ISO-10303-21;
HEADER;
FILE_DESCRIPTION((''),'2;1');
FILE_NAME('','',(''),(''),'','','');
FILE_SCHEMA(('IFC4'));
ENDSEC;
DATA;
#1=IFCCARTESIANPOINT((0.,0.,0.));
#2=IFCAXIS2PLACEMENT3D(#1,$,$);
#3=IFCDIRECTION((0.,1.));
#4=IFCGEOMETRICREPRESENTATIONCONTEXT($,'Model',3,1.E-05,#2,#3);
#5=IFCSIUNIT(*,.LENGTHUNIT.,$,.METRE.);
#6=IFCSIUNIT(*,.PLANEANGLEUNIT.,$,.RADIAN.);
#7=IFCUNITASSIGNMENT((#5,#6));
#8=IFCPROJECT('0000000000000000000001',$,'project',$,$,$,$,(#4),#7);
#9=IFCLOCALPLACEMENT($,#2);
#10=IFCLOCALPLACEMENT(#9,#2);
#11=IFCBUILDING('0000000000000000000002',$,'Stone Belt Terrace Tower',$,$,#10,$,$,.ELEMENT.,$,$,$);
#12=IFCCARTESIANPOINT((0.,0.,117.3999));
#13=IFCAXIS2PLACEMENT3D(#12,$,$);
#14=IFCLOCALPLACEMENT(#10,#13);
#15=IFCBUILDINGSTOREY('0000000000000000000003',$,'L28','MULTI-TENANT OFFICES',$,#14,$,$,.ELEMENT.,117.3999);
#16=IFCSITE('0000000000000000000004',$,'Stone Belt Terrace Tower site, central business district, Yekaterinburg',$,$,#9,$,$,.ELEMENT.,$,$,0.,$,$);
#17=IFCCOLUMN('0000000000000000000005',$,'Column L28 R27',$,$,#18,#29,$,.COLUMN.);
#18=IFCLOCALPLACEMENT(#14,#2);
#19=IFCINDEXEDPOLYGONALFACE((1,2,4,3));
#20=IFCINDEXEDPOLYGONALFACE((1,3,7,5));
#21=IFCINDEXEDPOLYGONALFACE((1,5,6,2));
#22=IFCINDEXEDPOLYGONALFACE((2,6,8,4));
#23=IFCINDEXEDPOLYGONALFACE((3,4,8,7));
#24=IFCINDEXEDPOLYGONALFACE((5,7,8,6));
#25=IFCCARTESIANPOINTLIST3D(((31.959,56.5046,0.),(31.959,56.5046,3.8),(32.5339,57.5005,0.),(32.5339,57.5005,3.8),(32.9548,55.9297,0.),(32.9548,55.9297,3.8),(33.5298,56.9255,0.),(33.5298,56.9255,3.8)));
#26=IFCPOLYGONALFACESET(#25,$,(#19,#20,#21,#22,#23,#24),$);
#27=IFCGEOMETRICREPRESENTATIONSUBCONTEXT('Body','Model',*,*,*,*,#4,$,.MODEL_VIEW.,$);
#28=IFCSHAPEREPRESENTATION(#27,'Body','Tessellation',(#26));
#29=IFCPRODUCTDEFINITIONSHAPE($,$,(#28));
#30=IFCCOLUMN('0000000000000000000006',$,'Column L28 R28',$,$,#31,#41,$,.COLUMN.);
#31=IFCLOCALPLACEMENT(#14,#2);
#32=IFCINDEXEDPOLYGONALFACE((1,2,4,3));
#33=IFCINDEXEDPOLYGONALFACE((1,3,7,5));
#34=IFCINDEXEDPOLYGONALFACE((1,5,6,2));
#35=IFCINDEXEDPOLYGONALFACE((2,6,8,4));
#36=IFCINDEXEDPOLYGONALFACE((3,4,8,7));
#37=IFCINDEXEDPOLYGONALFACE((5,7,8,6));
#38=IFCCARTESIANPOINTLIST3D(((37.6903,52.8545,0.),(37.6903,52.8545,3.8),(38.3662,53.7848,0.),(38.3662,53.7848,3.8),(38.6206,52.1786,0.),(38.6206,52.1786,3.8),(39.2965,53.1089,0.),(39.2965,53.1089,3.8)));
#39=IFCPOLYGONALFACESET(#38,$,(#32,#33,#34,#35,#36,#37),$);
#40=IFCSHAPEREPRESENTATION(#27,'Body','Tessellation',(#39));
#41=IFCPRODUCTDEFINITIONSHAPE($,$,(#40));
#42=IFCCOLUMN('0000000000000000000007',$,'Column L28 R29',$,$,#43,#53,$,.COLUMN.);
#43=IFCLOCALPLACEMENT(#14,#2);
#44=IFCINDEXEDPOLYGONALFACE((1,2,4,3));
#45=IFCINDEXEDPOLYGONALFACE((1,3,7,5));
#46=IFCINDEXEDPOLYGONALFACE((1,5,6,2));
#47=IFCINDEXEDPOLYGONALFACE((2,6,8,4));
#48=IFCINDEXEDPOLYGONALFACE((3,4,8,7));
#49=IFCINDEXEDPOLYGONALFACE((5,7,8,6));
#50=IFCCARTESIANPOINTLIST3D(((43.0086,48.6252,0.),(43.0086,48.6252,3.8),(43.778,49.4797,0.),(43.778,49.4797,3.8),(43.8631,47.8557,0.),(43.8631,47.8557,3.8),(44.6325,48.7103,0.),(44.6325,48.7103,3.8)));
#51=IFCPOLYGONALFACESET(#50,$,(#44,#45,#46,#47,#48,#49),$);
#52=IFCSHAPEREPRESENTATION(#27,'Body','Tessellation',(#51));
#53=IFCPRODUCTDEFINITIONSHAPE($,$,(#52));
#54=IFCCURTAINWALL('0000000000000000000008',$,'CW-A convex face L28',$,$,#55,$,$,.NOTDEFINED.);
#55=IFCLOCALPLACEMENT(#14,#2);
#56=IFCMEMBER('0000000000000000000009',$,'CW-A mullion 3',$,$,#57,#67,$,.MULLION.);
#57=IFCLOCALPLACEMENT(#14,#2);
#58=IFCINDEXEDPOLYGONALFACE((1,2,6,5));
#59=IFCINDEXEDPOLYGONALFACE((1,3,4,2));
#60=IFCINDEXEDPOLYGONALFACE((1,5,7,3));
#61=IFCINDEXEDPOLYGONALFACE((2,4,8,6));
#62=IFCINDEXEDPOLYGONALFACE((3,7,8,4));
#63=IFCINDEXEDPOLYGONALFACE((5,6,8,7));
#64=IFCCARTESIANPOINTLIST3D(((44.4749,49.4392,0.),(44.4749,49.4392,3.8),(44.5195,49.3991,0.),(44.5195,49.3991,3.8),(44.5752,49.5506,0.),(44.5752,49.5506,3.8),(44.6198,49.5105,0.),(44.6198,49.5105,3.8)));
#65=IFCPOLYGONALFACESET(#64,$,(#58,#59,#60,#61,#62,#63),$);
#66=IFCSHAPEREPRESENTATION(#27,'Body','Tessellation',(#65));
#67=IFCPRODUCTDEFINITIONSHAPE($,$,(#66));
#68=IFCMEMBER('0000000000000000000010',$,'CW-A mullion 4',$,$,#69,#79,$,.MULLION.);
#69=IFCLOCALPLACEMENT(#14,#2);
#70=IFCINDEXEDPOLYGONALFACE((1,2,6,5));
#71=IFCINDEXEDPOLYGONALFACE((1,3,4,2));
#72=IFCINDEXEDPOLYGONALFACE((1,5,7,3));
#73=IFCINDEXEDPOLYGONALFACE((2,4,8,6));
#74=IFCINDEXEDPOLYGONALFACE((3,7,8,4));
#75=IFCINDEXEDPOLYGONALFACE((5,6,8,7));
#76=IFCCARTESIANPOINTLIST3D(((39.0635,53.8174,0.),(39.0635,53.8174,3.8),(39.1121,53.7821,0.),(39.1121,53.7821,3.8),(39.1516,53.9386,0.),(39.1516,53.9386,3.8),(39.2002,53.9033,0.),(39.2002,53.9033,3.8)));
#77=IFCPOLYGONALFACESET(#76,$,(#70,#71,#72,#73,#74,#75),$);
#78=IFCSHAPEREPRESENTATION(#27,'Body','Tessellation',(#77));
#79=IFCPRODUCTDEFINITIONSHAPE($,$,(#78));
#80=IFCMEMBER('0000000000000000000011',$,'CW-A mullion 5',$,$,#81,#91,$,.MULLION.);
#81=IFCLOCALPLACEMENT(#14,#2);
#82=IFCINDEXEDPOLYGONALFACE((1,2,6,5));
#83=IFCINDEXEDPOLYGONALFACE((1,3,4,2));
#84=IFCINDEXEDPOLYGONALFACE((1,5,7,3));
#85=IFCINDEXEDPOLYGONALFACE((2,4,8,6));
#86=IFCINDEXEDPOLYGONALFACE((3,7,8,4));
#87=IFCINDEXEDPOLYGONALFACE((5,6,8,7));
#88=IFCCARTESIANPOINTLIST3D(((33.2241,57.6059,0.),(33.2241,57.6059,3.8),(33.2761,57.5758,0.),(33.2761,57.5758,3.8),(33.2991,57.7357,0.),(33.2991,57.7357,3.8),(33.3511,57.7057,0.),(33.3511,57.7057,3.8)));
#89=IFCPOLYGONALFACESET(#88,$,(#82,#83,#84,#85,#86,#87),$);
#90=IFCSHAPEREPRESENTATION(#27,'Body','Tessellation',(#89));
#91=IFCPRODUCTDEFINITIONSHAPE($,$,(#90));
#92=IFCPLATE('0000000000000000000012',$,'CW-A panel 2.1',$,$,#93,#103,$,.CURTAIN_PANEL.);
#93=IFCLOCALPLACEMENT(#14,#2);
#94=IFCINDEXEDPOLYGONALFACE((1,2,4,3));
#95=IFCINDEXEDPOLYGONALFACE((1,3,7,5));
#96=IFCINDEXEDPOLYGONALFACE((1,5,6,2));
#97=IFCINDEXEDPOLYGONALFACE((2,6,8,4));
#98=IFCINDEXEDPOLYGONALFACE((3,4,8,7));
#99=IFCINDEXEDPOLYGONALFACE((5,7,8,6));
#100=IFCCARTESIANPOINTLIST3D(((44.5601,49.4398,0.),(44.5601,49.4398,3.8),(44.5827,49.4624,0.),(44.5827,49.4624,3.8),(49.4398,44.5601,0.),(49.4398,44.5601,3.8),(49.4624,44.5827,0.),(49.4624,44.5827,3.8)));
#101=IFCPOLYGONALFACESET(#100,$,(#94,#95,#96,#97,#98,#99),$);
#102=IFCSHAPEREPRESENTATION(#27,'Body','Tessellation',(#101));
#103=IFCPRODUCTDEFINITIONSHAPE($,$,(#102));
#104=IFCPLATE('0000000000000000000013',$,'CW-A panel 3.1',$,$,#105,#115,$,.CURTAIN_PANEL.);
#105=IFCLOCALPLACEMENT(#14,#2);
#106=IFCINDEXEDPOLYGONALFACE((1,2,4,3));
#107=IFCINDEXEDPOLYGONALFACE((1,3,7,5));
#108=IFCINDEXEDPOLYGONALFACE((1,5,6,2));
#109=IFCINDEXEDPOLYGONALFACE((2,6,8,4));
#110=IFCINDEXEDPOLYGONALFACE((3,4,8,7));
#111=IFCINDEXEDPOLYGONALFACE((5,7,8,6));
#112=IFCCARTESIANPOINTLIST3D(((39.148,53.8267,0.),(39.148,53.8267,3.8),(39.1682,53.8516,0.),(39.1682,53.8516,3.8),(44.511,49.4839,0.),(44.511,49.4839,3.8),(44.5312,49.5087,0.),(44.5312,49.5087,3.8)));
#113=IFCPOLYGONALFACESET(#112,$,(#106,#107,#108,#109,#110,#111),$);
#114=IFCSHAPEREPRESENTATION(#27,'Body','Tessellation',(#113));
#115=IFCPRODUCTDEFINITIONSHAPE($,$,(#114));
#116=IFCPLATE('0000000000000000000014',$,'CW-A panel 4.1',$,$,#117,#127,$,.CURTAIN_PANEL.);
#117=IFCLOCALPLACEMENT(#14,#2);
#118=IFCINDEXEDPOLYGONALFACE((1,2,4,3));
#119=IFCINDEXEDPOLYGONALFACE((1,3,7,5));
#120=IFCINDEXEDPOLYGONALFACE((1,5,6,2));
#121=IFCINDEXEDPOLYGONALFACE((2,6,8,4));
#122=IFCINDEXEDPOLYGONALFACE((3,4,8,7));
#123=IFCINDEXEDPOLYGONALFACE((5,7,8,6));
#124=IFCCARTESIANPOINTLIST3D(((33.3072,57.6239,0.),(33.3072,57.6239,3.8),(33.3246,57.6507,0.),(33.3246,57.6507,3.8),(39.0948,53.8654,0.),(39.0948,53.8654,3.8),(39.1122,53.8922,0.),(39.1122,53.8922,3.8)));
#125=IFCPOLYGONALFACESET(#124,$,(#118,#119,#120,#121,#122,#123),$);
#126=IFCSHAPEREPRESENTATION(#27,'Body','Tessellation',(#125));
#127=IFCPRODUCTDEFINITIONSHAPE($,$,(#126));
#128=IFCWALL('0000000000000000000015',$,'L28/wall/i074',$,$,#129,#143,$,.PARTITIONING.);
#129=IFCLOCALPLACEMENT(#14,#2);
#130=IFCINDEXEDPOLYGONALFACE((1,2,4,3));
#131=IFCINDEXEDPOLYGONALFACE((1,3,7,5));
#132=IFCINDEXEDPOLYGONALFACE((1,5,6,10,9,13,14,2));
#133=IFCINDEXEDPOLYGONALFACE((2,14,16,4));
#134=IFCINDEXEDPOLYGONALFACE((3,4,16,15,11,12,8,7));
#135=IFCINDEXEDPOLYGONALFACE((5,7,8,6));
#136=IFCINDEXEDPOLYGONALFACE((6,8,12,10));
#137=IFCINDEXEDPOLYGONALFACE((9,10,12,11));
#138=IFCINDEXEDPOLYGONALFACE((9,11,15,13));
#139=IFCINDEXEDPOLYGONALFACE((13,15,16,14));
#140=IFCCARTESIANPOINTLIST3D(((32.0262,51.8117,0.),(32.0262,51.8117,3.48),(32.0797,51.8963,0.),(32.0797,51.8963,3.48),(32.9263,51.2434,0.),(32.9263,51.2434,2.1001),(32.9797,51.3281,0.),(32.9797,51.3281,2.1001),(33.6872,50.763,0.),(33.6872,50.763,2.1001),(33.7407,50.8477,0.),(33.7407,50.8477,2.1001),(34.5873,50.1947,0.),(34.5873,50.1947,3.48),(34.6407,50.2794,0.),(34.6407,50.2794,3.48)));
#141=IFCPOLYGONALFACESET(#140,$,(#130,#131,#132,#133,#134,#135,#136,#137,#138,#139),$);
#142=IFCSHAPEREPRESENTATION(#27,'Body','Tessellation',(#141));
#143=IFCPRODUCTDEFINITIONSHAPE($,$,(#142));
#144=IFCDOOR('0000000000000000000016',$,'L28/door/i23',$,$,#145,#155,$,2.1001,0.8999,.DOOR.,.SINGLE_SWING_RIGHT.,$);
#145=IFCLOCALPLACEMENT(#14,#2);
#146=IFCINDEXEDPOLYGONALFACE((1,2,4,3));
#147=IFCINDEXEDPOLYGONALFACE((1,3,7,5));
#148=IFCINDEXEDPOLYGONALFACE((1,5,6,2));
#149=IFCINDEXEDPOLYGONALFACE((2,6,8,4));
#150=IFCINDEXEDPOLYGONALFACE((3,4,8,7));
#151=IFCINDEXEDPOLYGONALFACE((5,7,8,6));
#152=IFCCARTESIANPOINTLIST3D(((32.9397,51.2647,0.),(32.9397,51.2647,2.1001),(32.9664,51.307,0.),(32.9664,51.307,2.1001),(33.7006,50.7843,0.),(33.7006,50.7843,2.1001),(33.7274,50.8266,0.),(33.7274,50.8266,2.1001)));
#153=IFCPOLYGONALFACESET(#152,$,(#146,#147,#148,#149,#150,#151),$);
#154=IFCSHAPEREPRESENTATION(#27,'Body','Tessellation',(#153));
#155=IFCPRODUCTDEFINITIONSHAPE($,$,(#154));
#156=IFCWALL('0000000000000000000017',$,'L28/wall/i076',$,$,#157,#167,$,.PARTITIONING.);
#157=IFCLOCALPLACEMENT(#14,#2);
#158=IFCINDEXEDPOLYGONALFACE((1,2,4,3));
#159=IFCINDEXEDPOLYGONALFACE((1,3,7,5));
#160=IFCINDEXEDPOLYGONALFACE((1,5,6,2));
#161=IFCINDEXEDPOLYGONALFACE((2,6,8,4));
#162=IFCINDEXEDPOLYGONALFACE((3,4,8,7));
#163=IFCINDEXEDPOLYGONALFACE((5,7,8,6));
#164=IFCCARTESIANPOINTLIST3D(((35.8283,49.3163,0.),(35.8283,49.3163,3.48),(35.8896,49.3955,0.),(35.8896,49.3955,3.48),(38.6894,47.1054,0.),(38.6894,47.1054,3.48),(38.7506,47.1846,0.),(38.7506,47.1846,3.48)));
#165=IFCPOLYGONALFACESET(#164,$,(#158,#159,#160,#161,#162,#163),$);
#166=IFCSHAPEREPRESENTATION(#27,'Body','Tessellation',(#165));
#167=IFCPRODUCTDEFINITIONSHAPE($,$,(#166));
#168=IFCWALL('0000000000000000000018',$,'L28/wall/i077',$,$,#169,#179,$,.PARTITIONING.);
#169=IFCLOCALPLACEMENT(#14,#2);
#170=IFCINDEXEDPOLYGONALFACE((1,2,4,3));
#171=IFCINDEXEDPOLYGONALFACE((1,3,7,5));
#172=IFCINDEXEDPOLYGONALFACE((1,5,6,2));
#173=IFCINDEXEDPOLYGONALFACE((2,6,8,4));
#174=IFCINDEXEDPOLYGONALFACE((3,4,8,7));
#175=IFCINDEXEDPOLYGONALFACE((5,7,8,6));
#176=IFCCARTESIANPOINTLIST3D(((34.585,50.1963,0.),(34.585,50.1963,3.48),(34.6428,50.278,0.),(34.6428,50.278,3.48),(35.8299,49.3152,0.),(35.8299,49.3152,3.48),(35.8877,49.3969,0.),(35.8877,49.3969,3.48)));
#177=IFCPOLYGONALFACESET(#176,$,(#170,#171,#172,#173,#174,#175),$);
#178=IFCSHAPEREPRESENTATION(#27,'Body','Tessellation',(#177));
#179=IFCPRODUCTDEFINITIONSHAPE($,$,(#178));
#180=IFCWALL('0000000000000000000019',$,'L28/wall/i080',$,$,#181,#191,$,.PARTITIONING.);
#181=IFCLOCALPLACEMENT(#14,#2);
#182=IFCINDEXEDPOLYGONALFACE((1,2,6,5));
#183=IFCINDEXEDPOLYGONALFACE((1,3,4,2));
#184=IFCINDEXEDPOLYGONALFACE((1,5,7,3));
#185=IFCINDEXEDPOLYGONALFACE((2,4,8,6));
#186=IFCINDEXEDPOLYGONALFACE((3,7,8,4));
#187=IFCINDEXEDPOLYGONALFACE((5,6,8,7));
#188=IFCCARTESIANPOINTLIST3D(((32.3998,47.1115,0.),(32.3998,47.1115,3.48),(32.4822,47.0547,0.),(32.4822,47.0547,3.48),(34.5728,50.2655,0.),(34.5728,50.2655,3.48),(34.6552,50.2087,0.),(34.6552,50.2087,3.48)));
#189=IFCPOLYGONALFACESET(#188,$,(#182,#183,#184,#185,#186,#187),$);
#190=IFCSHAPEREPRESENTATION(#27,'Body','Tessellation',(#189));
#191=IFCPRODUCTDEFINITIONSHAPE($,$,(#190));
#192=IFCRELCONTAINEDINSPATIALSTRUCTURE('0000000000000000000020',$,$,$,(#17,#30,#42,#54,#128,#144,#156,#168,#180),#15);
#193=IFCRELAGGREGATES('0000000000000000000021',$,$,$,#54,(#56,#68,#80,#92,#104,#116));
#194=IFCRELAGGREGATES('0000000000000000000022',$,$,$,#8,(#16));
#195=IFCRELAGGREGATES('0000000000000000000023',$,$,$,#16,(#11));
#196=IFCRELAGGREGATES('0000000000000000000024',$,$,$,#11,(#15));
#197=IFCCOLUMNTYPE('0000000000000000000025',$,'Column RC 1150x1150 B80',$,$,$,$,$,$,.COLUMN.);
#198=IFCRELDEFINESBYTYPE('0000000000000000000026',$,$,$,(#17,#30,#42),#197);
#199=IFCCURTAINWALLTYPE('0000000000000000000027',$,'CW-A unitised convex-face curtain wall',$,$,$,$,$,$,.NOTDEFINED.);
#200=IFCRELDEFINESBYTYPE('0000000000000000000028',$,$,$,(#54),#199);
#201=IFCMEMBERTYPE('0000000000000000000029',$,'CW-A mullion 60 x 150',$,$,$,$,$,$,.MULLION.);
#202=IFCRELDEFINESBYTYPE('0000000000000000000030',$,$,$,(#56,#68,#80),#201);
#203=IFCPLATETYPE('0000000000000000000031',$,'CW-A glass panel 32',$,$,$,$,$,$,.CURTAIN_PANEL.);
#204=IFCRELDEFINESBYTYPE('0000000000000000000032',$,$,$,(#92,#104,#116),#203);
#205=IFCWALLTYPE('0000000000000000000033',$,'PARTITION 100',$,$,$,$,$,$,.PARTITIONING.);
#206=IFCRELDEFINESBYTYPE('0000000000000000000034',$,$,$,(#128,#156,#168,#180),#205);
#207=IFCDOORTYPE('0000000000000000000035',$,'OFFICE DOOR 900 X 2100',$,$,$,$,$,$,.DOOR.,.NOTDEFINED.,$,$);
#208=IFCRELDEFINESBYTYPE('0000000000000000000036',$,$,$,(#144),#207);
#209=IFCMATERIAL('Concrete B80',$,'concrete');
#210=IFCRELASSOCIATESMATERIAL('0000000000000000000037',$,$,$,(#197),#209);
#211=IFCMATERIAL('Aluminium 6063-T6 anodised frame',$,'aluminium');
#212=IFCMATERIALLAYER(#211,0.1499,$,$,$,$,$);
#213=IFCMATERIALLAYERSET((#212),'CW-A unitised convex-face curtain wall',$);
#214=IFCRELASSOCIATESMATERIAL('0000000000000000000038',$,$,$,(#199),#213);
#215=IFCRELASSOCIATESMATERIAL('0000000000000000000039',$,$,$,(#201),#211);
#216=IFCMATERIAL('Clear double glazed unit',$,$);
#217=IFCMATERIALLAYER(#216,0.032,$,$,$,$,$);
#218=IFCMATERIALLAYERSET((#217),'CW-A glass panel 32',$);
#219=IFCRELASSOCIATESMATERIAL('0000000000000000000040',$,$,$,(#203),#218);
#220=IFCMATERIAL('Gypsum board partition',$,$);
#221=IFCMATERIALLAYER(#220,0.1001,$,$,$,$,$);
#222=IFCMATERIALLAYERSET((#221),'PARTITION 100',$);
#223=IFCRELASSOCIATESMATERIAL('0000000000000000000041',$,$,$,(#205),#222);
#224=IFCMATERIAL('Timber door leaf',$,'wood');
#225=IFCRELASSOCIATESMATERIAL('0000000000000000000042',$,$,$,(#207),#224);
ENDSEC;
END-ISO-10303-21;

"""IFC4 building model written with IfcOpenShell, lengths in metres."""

from ifc_helpers import new_model, si_unit, direction, frame, frame_2d, origin, origin_2d, place, context, subcontext, project, spatial, rectangle, extrude, material, layer, layer_set, material_profile, profile_set, type_object, element, fill, aggregate, save


model = new_model("IFC4")

# Units and contexts
model_context = context("Model", 3, precision=1e-05, world=origin(), true_north=direction((0.0, 1.0)))
body_context = subcontext(model_context, "Body", "Model", "MODEL_VIEW")
ifc_project = project(units=[si_unit("LENGTHUNIT", "METRE"), si_unit("PLANEANGLEUNIT", "RADIAN")], contexts=[model_context])

# Site, building, storey
site_placement = place(None, origin())
site = spatial("IfcSite", under=ifc_project, at=site_placement, Name="Stone Belt Terrace Tower site, central business district, Yekaterinburg", CompositionType="ELEMENT", RefElevation=0.0)
building_placement = place(site_placement, origin())
building = spatial("IfcBuilding", under=site, at=building_placement, Name="Stone Belt Terrace Tower", CompositionType="ELEMENT")
storey_placement = place(building_placement, frame((0.0, 0.0, 117.3999)))
storey = spatial("IfcBuildingStorey", under=building, at=storey_placement, Name="L28", Description="MULTI-TENANT OFFICES", CompositionType="ELEMENT", Elevation=117.3999)

# Columns
ifc_material_1 = material(Name="Concrete B80", Category="concrete")
ifc_material_profile_1 = material_profile(ifc_material_1, rectangle(XDim=1.1499, YDim=1.1499, at=origin_2d()), Name="RC 1150x1150")
ifc_profile_set_1 = profile_set([ifc_material_profile_1], Name="Concrete B80")
column_type = type_object("IfcColumnType", Name="Column RC 1150x1150 B80", PredefinedType="COLUMN", material=ifc_profile_set_1)
for number, where, z_axis, x_axis, name in (
    (1, (32.7444, 56.7151, 0.0), (0.0, 0.0, 1.0), (0.866025, -0.5, 0.0), "Column L28 R27"),
    (2, (38.4934, 52.9817, 0.0), (0.0, 0.0, 1.0), (0.809017, -0.587785, 0.0), "Column L28 R28"),
    (3, (43.8206, 48.6677, 0.0), (0.0, 0.0, 1.0), (0.743145, -0.669131, 0.0), "Column L28 R29"),
):
    element("IfcColumn", number, at=place(storey_placement, frame(where, z_axis=z_axis, x_axis=x_axis)), inside=storey, type_object=column_type, Name=name, PredefinedType="COLUMN", context=body_context, shape_type="SweptSolid", body=[
        extrude(rectangle(XDim=1.1499, YDim=1.1499, at=origin_2d()), origin(), (0.0, 0.0, 1.0), 3.8),
    ])

# Curtain wall, members, plates
ifc_material_2 = material(Name="Aluminium 6063-T6 anodised frame", Category="aluminium")
ifc_layer_1 = layer(ifc_material_2, 0.1499)
ifc_layer_set_1 = layer_set([ifc_layer_1], Name="CW-A unitised convex-face curtain wall")
curtain_wall_type = type_object("IfcCurtainWallType", Name="CW-A unitised convex-face curtain wall", PredefinedType="NOTDEFINED", material=ifc_layer_set_1)
curtain_wall_placement = place(storey_placement, origin())
curtain_wall = element("IfcCurtainWall", 4, at=curtain_wall_placement, inside=storey, type_object=curtain_wall_type, Name="CW-A convex face L28", PredefinedType="NOTDEFINED")
ifc_material_profile_2 = material_profile(ifc_material_2, rectangle(XDim=0.1499, YDim=0.0601, at=origin_2d()), Name="Aluminium 6063-T6 60x150")
ifc_profile_set_2 = profile_set([ifc_material_profile_2], Name="Aluminium 6063-T6 anodised frame")
member_type = type_object("IfcMemberType", Name="CW-A mullion 60 x 150", PredefinedType="MULLION", material=ifc_profile_set_2)
member_1_placement = place(storey_placement, frame((44.5474, 49.4749, 0.0), z_axis=(0.0, 0.0, 1.0), x_axis=(-0.669131, -0.743145, 0.0)))
member_1 = element("IfcMember", 5, at=member_1_placement, type_object=member_type, Name="CW-A mullion 3", PredefinedType="MULLION", context=body_context, shape_type="SweptSolid", body=[
    extrude(rectangle(XDim=0.1499, YDim=0.0601, at=origin_2d()), origin(), (0.0, 0.0, 1.0), 3.8),
])
member_2_placement = place(storey_placement, frame((39.1318, 53.8604, 0.0), z_axis=(0.0, 0.0, 1.0), x_axis=(-0.587785, -0.809017, 0.0)))
member_2 = element("IfcMember", 6, at=member_2_placement, type_object=member_type, Name="CW-A mullion 4", PredefinedType="MULLION", context=body_context, shape_type="SweptSolid", body=[
    extrude(rectangle(XDim=0.1499, YDim=0.0601, at=origin_2d()), origin(), (0.0, 0.0, 1.0), 3.8),
])
member_3_placement = place(storey_placement, frame((33.2876, 57.6558, 0.0), z_axis=(0.0, 0.0, 1.0), x_axis=(-0.5, -0.866025, 0.0)))
member_3 = element("IfcMember", 7, at=member_3_placement, type_object=member_type, Name="CW-A mullion 5", PredefinedType="MULLION", context=body_context, shape_type="SweptSolid", body=[
    extrude(rectangle(XDim=0.1499, YDim=0.0601, at=origin_2d()), origin(), (0.0, 0.0, 1.0), 3.8),
])
ifc_material_3 = material(Name="Clear double glazed unit")
ifc_layer_2 = layer(ifc_material_3, 0.032)
ifc_layer_set_2 = layer_set([ifc_layer_2], Name="CW-A glass panel 32")
plate_type = type_object("IfcPlateType", Name="CW-A glass panel 32", PredefinedType="CURTAIN_PANEL", material=ifc_layer_set_2)
plate_1_placement = place(storey_placement, frame((47.0112, 47.0112, 0.0), z_axis=(0.0, 0.0, 1.0), x_axis=(-0.707107, 0.707107, 0.0)))
plate_1 = element("IfcPlate", 8, at=plate_1_placement, type_object=plate_type, Name="CW-A panel 2.1", PredefinedType="CURTAIN_PANEL", context=body_context, shape_type="SweptSolid", body=[
    extrude(rectangle(XDim=6.9009, YDim=0.032, at=origin_2d()), origin(), (0.0, 0.0, 1.0), 3.8),
])
plate_2_placement = place(storey_placement, frame((41.8396, 51.6677, 0.0), z_axis=(0.0, 0.0, 1.0), x_axis=(-0.777146, 0.62932, 0.0)))
plate_2 = element("IfcPlate", 9, at=plate_2_placement, type_object=plate_type, Name="CW-A panel 3.1", PredefinedType="CURTAIN_PANEL", context=body_context, shape_type="SweptSolid", body=[
    extrude(rectangle(XDim=6.9009, YDim=0.032, at=origin_2d()), origin(), (0.0, 0.0, 1.0), 3.8),
])
plate_3_placement = place(storey_placement, frame((36.2097, 55.7581, 0.0), z_axis=(0.0, 0.0, 1.0), x_axis=(-0.838671, 0.544639, 0.0)))
plate_3 = element("IfcPlate", 10, at=plate_3_placement, type_object=plate_type, Name="CW-A panel 4.1", PredefinedType="CURTAIN_PANEL", context=body_context, shape_type="SweptSolid", body=[
    extrude(rectangle(XDim=6.9009, YDim=0.032, at=origin_2d()), origin(), (0.0, 0.0, 1.0), 3.8),
])
aggregate(curtain_wall, [member_1, member_2, member_3, plate_1, plate_2, plate_3])

# Wall, opening, door
ifc_material_4 = material(Name="Gypsum board partition")
ifc_layer_3 = layer(ifc_material_4, 0.1001)
ifc_layer_set_3 = layer_set([ifc_layer_3], Name="PARTITION 100")
wall_type_1 = type_object("IfcWallType", Name="PARTITION 100", PredefinedType="PARTITIONING", material=ifc_layer_set_3)
wall_1_placement = place(storey_placement, frame((34.614, 50.2371, 0.0), z_axis=(0.0, 0.0, 1.0), x_axis=(-0.845571, 0.533863, 0.0)))
wall_1 = element("IfcWall", 11, at=wall_1_placement, inside=storey, type_object=wall_type_1, Name="L28/wall/i074", PredefinedType="PARTITIONING", context=body_context, shape_type="SweptSolid", body=[
    extrude(rectangle(XDim=3.0288, YDim=0.1001, at=frame_2d((1.5144, 0.0))), origin(), (0.0, 0.0, 1.0), 3.48),
])
opening_1_placement = place(wall_1_placement, frame((1.0645, 0.0, 0.0)))
opening_1 = element("IfcOpeningElement", 12, at=opening_1_placement, cuts=wall_1, PredefinedType="OPENING", context=body_context, shape_type="SweptSolid", body=[
    extrude(rectangle(XDim=0.8999, YDim=2.1001, at=frame_2d((0.45, 1.05))), frame((0.0, 0.0601, 0.0), z_axis=(0.0, -1.0, 0.0), x_axis=(1.0, 0.0, 0.0)), (0.0, 0.0, 1.0), 0.1201),
])
ifc_material_5 = material(Name="Timber door leaf", Category="wood")
door_type_1 = type_object("IfcDoorType", Name="OFFICE DOOR 900 X 2100", OperationType="NOTDEFINED", PredefinedType="DOOR", material=ifc_material_5)
door_1_placement = place(opening_1_placement, origin())
door_1 = element("IfcDoor", 13, at=door_1_placement, inside=storey, type_object=door_type_1, Name="L28/door/i23", OperationType="SINGLE_SWING_RIGHT", OverallHeight=2.1001, OverallWidth=0.8999, PredefinedType="DOOR", context=body_context, shape_type="SweptSolid", body=[
    extrude(rectangle(XDim=0.8999, YDim=2.1001, at=frame_2d((0.45, 1.05))), frame((0.0, 0.0249, 0.0), z_axis=(0.0, -1.0, 0.0), x_axis=(1.0, 0.0, 0.0)), (0.0, 0.0, 1.0), 0.05),
])
fill(opening_1, door_1)

# Walls
wall_2_placement = place(storey_placement, frame((38.72, 47.145, 0.0), z_axis=(0.0, 0.0, 1.0), x_axis=(-0.791272, 0.611465, 0.0)))
element("IfcWall", 14, at=wall_2_placement, inside=storey, type_object=wall_type_1, Name="L28/wall/i076", PredefinedType="PARTITIONING", context=body_context, shape_type="SweptSolid", body=[
    extrude(rectangle(XDim=3.6157, YDim=0.1001, at=frame_2d((1.8079, 0.0))), origin(), (0.0, 0.0, 1.0), 3.48),
])
wall_3_placement = place(storey_placement, frame((35.8589, 49.356, 0.0), z_axis=(0.0, 0.0, 1.0), x_axis=(-0.816235, 0.57772, 0.0)))
element("IfcWall", 15, at=wall_3_placement, inside=storey, type_object=wall_type_1, Name="L28/wall/i077", PredefinedType="PARTITIONING", context=body_context, shape_type="SweptSolid", body=[
    extrude(rectangle(XDim=1.5251, YDim=0.1001, at=frame_2d((0.7627, 0.0))), origin(), (0.0, 0.0, 1.0), 3.48),
])
wall_4_placement = place(storey_placement, frame((34.614, 50.2371, 0.0), z_axis=(0.0, 0.0, 1.0), x_axis=(-0.567359, -0.823471, 0.0)))
element("IfcWall", 16, at=wall_4_placement, inside=storey, type_object=wall_type_1, Name="L28/wall/i080", PredefinedType="PARTITIONING", context=body_context, shape_type="SweptSolid", body=[
    extrude(rectangle(XDim=3.8301, YDim=0.1001, at=frame_2d((1.915, 0.0))), origin(), (0.0, 0.0, 1.0), 3.48),
])

save(model, "model.ifc")
